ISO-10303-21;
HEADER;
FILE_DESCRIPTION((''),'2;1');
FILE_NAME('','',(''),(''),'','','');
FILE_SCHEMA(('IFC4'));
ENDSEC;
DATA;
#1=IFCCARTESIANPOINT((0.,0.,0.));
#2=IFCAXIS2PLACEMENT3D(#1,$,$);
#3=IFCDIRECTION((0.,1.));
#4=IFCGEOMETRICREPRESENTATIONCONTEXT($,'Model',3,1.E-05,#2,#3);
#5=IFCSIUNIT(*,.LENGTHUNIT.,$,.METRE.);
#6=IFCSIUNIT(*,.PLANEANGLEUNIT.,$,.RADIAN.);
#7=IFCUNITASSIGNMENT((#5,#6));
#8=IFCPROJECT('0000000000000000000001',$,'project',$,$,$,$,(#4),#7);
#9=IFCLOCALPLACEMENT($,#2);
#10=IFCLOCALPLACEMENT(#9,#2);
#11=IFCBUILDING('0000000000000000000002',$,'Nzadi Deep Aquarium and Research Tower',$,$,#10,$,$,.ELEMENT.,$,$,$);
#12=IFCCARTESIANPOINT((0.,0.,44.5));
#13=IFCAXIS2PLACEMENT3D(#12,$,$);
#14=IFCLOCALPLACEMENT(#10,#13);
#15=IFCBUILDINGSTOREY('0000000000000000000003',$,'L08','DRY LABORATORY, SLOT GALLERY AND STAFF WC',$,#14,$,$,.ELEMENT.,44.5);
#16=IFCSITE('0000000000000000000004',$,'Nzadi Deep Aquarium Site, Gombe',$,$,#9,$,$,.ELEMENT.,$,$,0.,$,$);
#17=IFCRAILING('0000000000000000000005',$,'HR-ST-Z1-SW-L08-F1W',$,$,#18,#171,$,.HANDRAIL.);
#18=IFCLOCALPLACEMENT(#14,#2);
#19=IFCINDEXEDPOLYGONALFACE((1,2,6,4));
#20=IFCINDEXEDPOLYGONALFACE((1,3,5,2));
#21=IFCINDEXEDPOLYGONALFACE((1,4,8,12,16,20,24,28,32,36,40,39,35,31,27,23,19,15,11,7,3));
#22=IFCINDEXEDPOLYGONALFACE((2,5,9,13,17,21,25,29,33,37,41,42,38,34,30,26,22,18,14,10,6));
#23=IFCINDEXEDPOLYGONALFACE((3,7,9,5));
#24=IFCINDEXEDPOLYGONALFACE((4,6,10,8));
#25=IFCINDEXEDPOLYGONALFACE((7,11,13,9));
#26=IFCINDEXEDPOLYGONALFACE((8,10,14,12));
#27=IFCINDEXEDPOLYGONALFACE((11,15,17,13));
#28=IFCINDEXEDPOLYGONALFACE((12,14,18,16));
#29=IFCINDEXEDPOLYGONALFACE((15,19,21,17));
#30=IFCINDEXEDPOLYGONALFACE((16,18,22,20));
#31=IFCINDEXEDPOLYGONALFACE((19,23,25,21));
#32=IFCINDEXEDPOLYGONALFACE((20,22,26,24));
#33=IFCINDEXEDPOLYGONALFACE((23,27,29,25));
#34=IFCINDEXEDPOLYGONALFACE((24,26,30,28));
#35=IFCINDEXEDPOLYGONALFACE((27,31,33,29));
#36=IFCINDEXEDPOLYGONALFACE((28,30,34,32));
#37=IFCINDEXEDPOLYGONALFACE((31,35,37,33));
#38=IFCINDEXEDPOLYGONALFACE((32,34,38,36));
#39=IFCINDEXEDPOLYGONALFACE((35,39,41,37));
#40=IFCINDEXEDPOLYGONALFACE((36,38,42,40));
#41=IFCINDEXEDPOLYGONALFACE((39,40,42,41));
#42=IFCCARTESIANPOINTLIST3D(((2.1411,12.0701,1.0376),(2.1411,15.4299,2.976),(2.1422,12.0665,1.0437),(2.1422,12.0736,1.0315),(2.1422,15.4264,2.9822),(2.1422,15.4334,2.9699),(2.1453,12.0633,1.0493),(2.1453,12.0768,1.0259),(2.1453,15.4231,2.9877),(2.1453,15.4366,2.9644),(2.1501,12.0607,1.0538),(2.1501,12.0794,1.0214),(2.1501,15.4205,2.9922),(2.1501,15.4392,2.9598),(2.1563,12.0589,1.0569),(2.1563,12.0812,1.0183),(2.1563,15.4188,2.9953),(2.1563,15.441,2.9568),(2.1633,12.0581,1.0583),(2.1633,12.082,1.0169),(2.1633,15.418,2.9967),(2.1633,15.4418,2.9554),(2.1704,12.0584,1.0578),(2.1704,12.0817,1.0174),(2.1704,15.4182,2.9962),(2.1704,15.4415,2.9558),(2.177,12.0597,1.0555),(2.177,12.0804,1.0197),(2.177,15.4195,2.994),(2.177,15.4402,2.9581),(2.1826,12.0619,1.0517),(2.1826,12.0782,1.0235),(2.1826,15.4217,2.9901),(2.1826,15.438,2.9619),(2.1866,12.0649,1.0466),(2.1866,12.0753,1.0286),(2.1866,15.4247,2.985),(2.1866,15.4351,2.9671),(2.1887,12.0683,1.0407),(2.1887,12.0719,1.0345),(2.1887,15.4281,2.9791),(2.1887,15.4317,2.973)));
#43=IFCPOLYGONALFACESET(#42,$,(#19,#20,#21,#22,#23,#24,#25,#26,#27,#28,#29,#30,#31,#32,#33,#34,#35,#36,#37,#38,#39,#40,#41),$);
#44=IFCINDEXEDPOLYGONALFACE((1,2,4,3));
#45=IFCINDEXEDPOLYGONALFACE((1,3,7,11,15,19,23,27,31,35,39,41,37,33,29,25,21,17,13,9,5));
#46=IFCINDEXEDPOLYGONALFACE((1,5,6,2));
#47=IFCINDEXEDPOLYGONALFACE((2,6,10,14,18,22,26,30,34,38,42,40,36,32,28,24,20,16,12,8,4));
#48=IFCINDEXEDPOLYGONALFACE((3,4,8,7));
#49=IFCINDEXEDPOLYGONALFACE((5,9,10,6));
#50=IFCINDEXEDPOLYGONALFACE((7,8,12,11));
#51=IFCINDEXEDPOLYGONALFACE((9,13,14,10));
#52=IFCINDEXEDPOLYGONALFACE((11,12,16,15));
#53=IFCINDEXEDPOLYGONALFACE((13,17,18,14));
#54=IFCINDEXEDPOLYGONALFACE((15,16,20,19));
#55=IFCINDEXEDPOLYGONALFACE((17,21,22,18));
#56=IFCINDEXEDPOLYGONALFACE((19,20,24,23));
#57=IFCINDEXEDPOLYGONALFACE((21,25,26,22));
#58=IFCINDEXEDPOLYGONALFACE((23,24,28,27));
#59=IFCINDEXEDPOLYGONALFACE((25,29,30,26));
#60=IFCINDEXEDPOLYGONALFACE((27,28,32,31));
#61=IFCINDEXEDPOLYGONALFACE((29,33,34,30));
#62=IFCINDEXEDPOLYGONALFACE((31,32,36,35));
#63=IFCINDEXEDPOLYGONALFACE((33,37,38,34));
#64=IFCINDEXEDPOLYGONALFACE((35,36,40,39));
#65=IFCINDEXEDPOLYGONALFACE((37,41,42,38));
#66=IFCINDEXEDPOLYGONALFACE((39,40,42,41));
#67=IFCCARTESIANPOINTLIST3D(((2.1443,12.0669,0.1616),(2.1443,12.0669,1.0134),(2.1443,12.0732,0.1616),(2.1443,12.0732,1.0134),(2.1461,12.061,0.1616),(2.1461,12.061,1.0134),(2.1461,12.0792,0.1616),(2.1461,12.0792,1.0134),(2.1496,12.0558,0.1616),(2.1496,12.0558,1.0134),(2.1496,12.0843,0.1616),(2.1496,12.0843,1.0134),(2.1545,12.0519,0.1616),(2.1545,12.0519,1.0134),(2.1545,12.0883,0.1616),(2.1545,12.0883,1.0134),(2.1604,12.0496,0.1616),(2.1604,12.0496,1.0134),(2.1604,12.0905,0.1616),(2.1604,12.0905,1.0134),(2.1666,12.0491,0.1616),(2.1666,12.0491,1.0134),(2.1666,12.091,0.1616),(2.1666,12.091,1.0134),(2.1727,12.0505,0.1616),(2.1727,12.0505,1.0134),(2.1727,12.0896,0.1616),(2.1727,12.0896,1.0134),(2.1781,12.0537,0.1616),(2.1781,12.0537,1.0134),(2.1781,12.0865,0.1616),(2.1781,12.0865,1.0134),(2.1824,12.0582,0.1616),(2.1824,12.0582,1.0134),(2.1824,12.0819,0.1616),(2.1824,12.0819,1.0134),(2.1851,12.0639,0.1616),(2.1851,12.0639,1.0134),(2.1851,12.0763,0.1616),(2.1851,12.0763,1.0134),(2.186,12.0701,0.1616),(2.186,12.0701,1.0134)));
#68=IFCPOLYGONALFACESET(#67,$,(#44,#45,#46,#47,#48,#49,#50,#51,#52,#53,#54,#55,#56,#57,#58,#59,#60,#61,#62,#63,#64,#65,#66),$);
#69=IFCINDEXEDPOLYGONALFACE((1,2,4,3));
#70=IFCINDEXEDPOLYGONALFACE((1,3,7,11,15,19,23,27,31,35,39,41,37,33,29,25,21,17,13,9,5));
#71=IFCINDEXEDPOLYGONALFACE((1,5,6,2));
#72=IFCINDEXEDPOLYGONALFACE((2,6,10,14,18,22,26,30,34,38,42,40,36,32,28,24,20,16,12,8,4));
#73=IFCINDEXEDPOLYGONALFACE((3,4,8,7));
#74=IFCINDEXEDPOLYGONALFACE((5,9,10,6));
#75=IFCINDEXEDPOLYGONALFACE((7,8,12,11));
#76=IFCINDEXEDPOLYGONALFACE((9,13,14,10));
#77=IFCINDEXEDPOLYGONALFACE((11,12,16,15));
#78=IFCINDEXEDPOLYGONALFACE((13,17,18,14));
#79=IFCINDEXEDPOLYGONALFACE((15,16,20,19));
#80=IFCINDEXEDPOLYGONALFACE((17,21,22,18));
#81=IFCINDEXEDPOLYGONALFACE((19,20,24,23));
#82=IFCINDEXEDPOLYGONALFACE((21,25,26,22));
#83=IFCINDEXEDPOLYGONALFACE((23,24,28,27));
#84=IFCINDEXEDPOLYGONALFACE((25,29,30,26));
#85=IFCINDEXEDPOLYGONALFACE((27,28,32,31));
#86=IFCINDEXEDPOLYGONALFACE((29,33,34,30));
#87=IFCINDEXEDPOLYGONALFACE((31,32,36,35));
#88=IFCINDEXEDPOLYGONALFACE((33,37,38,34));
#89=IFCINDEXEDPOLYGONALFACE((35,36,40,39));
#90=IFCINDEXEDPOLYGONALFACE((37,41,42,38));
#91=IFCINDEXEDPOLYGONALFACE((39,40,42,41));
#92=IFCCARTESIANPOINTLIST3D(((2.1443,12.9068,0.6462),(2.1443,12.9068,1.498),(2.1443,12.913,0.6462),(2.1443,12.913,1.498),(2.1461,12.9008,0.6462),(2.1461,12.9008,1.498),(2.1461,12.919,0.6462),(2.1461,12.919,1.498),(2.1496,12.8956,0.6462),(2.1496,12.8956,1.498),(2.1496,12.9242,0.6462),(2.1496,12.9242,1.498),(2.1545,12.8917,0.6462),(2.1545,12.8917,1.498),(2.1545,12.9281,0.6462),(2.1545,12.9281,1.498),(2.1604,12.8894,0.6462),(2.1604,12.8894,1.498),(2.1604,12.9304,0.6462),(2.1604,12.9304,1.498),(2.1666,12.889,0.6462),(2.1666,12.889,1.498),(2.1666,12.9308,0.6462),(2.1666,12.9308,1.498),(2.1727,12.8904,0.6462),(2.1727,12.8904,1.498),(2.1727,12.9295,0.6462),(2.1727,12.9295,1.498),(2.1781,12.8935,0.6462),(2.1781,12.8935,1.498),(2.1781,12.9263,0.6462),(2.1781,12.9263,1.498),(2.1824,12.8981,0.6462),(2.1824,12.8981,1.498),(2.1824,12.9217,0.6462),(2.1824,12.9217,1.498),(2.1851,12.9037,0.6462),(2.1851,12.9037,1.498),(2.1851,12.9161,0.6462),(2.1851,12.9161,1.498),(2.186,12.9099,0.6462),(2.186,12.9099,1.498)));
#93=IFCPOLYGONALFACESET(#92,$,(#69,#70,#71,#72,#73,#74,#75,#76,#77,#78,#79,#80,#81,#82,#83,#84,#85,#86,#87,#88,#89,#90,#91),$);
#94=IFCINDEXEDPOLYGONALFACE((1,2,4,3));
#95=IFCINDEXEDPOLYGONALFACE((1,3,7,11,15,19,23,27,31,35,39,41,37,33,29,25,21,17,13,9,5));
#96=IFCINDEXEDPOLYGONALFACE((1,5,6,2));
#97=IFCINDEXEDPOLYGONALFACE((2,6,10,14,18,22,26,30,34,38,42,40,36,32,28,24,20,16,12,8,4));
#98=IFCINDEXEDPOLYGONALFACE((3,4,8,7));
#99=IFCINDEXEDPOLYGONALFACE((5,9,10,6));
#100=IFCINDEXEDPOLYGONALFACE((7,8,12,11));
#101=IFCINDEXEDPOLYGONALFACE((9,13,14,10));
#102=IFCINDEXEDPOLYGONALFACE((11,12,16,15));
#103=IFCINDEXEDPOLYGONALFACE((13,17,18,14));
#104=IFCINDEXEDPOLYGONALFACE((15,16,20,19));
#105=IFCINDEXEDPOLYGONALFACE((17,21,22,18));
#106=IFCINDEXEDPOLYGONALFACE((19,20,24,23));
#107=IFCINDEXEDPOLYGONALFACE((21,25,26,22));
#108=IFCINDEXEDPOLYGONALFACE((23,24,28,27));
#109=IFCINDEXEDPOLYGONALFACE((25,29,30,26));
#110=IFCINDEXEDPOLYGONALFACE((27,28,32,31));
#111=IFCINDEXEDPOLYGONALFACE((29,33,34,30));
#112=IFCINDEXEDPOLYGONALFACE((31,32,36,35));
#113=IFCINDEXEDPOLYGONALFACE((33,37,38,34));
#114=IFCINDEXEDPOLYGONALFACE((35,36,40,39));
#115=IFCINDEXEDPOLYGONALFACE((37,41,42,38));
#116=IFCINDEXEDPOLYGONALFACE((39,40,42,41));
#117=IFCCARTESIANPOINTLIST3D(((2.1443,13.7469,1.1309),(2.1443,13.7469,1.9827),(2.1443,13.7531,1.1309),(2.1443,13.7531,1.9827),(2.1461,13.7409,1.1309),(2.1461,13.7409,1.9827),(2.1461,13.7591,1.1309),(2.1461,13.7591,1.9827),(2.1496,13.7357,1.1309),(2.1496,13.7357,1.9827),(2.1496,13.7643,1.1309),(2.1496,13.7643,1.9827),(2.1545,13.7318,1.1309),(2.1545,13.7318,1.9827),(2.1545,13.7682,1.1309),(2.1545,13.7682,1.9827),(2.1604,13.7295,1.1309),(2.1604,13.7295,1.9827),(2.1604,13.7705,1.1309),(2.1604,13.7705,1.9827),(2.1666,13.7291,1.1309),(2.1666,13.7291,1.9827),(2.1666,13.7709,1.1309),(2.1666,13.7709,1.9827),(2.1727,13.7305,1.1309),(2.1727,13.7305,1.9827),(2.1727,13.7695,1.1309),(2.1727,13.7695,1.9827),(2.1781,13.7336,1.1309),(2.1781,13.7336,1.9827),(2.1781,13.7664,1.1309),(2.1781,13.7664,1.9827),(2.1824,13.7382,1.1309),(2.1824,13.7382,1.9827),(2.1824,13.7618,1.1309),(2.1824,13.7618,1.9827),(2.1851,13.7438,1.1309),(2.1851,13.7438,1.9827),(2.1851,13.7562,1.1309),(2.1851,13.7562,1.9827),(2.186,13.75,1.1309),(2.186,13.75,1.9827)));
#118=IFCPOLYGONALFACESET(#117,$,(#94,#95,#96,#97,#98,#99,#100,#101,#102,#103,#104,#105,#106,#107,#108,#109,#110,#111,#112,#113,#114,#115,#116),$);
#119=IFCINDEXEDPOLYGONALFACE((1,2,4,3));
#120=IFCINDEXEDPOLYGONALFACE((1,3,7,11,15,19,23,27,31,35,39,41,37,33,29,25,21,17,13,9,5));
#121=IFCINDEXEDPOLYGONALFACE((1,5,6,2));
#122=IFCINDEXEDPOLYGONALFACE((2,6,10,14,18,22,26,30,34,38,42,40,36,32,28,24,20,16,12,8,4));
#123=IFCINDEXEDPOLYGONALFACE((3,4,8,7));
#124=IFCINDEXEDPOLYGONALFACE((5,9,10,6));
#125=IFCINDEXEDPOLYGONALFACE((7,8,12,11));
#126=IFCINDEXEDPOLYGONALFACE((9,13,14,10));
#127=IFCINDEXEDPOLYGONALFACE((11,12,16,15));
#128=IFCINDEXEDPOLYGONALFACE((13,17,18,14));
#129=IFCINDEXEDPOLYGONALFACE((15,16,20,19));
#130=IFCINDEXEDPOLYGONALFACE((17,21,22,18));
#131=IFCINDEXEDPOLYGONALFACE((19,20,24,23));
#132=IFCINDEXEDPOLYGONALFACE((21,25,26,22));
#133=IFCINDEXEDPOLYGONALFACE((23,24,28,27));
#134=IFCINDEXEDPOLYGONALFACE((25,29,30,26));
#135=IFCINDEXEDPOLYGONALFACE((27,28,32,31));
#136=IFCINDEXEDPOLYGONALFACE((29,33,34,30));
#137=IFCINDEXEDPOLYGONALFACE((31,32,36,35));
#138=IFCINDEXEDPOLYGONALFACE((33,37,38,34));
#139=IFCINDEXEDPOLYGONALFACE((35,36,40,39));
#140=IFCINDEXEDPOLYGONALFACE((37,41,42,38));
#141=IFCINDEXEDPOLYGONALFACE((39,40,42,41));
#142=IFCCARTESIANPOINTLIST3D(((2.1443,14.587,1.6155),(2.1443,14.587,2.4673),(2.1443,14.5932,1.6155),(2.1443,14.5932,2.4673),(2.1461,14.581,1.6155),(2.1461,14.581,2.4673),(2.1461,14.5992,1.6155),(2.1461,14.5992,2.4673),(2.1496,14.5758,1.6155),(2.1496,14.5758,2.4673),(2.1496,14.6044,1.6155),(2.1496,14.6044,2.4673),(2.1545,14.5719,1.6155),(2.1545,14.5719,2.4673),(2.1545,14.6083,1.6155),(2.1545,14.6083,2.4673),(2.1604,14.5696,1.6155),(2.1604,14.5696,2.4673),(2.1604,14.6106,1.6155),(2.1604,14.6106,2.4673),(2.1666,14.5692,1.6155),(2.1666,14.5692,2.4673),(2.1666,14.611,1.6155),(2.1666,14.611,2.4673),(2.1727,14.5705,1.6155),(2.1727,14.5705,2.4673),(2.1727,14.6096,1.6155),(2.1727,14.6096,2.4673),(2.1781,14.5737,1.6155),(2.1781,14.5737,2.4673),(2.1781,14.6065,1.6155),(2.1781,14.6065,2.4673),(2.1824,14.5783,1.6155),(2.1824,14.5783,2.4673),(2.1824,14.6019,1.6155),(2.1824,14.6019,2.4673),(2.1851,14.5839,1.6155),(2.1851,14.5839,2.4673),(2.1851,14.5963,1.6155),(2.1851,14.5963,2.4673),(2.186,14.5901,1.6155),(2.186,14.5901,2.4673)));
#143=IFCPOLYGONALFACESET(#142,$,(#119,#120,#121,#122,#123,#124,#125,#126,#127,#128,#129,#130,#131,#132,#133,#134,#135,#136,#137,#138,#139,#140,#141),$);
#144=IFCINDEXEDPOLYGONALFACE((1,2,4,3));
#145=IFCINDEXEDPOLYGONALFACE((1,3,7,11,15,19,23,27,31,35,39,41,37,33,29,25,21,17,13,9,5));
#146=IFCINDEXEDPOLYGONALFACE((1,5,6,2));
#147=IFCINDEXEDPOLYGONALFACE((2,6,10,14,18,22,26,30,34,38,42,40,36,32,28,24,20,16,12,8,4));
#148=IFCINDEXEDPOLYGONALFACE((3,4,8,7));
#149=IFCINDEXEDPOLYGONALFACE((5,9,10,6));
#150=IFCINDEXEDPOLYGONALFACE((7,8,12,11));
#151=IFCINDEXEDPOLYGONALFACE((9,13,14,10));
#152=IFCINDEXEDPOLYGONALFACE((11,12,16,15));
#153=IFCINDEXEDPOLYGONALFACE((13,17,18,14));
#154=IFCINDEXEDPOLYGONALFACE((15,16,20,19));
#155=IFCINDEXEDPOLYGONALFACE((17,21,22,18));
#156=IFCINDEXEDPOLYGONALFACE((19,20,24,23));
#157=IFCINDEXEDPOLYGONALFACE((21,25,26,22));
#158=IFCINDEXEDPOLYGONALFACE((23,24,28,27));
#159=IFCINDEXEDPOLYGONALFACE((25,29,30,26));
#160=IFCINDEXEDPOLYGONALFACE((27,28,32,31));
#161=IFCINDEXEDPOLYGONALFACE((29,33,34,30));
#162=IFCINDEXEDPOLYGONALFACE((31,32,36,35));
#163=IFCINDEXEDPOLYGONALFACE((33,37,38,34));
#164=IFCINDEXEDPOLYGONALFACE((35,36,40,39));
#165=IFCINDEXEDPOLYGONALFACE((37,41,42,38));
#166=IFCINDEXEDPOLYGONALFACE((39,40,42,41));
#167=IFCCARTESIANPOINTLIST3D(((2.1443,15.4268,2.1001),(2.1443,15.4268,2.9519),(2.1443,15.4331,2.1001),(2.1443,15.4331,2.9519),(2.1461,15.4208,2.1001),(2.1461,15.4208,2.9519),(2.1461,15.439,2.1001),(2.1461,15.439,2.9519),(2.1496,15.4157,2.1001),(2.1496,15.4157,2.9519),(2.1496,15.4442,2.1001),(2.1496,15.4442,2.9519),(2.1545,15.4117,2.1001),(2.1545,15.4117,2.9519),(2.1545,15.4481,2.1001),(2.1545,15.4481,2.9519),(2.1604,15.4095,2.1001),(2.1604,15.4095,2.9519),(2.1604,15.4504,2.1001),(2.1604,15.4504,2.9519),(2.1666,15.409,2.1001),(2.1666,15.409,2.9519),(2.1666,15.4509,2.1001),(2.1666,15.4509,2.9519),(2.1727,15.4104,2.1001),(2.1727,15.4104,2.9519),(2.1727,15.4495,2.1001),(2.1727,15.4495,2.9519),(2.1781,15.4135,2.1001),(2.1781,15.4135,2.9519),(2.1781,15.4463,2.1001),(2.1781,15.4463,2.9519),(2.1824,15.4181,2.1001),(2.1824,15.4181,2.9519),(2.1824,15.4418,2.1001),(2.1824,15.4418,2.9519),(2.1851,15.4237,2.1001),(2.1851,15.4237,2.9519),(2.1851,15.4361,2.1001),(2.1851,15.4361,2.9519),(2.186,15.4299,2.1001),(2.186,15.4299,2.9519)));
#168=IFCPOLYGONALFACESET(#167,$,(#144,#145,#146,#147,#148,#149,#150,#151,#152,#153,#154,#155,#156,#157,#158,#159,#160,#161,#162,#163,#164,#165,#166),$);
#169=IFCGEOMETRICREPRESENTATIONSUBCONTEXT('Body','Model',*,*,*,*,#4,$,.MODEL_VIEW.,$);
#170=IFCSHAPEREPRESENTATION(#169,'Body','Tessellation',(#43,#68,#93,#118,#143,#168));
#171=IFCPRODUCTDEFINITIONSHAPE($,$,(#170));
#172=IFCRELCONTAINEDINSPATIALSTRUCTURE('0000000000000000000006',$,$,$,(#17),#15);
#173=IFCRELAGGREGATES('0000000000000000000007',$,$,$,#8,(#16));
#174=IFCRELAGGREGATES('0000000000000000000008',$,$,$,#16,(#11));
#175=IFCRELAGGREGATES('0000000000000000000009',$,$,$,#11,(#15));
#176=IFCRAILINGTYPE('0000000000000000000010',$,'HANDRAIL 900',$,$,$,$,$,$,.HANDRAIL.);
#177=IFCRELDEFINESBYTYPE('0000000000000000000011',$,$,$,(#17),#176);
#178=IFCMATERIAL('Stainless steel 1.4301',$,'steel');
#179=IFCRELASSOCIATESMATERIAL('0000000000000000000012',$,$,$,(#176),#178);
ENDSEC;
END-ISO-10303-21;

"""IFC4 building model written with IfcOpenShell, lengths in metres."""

from ifc_helpers import new_model, si_unit, direction, frame, origin, origin_2d, place, context, subcontext, project, spatial, circle, extrude, material, type_object, element, save


model = new_model("IFC4")

# Units and contexts
model_context = context("Model", 3, precision=1e-05, world=origin(), true_north=direction((0.0, 1.0)))
body_context = subcontext(model_context, "Body", "Model", "MODEL_VIEW")
ifc_project = project(units=[si_unit("LENGTHUNIT", "METRE"), si_unit("PLANEANGLEUNIT", "RADIAN")], contexts=[model_context])

# Site, building, storey
site_placement = place(None, origin())
site = spatial("IfcSite", under=ifc_project, at=site_placement, Name="Nzadi Deep Aquarium Site, Gombe", CompositionType="ELEMENT", RefElevation=0.0)
building_placement = place(site_placement, origin())
building = spatial("IfcBuilding", under=site, at=building_placement, Name="Nzadi Deep Aquarium and Research Tower", CompositionType="ELEMENT")
storey_placement = place(building_placement, frame((0.0, 0.0, 44.5)))
storey = spatial("IfcBuildingStorey", under=building, at=storey_placement, Name="L08", Description="DRY LABORATORY, SLOT GALLERY AND STAFF WC", CompositionType="ELEMENT", Elevation=44.5)

# Railing
ifc_material_1 = material(Name="Stainless steel 1.4301", Category="steel")
railing_type = type_object("IfcRailingType", Name="HANDRAIL 900", PredefinedType="HANDRAIL", material=ifc_material_1)
for number, where, name in (
    (1, (2.165, 12.0701, 0.1616), "HR-ST-Z1-SW-L08-F1W"),
):
    element("IfcRailing", number, at=place(storey_placement, frame(where)), inside=storey, type_object=railing_type, Name=name, PredefinedType="HANDRAIL", context=body_context, shape_type="SweptSolid", body=[
        extrude(circle(Radius=0.0239, at=origin_2d()), frame((0.0, 0.0, 0.876), z_axis=(0.0, 0.866175, 0.499741), x_axis=(-1.0, 0.0, 0.0)), (0.0, 0.0, 1.0), 3.8789),
        extrude(circle(Radius=0.021, at=origin_2d()), origin(), (0.0, 0.0, 1.0), 0.8518),
        extrude(circle(Radius=0.021, at=origin_2d()), frame((0.0, 0.8398, 0.4846)), (0.0, 0.0, 1.0), 0.8518),
        extrude(circle(Radius=0.021, at=origin_2d()), frame((0.0, 1.6799, 0.9692)), (0.0, 0.0, 1.0), 0.8518),
        extrude(circle(Radius=0.021, at=origin_2d()), frame((0.0, 2.52, 1.4539)), (0.0, 0.0, 1.0), 0.8518),
        extrude(circle(Radius=0.021, at=origin_2d()), frame((0.0, 3.3599, 1.9385)), (0.0, 0.0, 1.0), 0.8518),
    ])

save(model, "model.ifc")
